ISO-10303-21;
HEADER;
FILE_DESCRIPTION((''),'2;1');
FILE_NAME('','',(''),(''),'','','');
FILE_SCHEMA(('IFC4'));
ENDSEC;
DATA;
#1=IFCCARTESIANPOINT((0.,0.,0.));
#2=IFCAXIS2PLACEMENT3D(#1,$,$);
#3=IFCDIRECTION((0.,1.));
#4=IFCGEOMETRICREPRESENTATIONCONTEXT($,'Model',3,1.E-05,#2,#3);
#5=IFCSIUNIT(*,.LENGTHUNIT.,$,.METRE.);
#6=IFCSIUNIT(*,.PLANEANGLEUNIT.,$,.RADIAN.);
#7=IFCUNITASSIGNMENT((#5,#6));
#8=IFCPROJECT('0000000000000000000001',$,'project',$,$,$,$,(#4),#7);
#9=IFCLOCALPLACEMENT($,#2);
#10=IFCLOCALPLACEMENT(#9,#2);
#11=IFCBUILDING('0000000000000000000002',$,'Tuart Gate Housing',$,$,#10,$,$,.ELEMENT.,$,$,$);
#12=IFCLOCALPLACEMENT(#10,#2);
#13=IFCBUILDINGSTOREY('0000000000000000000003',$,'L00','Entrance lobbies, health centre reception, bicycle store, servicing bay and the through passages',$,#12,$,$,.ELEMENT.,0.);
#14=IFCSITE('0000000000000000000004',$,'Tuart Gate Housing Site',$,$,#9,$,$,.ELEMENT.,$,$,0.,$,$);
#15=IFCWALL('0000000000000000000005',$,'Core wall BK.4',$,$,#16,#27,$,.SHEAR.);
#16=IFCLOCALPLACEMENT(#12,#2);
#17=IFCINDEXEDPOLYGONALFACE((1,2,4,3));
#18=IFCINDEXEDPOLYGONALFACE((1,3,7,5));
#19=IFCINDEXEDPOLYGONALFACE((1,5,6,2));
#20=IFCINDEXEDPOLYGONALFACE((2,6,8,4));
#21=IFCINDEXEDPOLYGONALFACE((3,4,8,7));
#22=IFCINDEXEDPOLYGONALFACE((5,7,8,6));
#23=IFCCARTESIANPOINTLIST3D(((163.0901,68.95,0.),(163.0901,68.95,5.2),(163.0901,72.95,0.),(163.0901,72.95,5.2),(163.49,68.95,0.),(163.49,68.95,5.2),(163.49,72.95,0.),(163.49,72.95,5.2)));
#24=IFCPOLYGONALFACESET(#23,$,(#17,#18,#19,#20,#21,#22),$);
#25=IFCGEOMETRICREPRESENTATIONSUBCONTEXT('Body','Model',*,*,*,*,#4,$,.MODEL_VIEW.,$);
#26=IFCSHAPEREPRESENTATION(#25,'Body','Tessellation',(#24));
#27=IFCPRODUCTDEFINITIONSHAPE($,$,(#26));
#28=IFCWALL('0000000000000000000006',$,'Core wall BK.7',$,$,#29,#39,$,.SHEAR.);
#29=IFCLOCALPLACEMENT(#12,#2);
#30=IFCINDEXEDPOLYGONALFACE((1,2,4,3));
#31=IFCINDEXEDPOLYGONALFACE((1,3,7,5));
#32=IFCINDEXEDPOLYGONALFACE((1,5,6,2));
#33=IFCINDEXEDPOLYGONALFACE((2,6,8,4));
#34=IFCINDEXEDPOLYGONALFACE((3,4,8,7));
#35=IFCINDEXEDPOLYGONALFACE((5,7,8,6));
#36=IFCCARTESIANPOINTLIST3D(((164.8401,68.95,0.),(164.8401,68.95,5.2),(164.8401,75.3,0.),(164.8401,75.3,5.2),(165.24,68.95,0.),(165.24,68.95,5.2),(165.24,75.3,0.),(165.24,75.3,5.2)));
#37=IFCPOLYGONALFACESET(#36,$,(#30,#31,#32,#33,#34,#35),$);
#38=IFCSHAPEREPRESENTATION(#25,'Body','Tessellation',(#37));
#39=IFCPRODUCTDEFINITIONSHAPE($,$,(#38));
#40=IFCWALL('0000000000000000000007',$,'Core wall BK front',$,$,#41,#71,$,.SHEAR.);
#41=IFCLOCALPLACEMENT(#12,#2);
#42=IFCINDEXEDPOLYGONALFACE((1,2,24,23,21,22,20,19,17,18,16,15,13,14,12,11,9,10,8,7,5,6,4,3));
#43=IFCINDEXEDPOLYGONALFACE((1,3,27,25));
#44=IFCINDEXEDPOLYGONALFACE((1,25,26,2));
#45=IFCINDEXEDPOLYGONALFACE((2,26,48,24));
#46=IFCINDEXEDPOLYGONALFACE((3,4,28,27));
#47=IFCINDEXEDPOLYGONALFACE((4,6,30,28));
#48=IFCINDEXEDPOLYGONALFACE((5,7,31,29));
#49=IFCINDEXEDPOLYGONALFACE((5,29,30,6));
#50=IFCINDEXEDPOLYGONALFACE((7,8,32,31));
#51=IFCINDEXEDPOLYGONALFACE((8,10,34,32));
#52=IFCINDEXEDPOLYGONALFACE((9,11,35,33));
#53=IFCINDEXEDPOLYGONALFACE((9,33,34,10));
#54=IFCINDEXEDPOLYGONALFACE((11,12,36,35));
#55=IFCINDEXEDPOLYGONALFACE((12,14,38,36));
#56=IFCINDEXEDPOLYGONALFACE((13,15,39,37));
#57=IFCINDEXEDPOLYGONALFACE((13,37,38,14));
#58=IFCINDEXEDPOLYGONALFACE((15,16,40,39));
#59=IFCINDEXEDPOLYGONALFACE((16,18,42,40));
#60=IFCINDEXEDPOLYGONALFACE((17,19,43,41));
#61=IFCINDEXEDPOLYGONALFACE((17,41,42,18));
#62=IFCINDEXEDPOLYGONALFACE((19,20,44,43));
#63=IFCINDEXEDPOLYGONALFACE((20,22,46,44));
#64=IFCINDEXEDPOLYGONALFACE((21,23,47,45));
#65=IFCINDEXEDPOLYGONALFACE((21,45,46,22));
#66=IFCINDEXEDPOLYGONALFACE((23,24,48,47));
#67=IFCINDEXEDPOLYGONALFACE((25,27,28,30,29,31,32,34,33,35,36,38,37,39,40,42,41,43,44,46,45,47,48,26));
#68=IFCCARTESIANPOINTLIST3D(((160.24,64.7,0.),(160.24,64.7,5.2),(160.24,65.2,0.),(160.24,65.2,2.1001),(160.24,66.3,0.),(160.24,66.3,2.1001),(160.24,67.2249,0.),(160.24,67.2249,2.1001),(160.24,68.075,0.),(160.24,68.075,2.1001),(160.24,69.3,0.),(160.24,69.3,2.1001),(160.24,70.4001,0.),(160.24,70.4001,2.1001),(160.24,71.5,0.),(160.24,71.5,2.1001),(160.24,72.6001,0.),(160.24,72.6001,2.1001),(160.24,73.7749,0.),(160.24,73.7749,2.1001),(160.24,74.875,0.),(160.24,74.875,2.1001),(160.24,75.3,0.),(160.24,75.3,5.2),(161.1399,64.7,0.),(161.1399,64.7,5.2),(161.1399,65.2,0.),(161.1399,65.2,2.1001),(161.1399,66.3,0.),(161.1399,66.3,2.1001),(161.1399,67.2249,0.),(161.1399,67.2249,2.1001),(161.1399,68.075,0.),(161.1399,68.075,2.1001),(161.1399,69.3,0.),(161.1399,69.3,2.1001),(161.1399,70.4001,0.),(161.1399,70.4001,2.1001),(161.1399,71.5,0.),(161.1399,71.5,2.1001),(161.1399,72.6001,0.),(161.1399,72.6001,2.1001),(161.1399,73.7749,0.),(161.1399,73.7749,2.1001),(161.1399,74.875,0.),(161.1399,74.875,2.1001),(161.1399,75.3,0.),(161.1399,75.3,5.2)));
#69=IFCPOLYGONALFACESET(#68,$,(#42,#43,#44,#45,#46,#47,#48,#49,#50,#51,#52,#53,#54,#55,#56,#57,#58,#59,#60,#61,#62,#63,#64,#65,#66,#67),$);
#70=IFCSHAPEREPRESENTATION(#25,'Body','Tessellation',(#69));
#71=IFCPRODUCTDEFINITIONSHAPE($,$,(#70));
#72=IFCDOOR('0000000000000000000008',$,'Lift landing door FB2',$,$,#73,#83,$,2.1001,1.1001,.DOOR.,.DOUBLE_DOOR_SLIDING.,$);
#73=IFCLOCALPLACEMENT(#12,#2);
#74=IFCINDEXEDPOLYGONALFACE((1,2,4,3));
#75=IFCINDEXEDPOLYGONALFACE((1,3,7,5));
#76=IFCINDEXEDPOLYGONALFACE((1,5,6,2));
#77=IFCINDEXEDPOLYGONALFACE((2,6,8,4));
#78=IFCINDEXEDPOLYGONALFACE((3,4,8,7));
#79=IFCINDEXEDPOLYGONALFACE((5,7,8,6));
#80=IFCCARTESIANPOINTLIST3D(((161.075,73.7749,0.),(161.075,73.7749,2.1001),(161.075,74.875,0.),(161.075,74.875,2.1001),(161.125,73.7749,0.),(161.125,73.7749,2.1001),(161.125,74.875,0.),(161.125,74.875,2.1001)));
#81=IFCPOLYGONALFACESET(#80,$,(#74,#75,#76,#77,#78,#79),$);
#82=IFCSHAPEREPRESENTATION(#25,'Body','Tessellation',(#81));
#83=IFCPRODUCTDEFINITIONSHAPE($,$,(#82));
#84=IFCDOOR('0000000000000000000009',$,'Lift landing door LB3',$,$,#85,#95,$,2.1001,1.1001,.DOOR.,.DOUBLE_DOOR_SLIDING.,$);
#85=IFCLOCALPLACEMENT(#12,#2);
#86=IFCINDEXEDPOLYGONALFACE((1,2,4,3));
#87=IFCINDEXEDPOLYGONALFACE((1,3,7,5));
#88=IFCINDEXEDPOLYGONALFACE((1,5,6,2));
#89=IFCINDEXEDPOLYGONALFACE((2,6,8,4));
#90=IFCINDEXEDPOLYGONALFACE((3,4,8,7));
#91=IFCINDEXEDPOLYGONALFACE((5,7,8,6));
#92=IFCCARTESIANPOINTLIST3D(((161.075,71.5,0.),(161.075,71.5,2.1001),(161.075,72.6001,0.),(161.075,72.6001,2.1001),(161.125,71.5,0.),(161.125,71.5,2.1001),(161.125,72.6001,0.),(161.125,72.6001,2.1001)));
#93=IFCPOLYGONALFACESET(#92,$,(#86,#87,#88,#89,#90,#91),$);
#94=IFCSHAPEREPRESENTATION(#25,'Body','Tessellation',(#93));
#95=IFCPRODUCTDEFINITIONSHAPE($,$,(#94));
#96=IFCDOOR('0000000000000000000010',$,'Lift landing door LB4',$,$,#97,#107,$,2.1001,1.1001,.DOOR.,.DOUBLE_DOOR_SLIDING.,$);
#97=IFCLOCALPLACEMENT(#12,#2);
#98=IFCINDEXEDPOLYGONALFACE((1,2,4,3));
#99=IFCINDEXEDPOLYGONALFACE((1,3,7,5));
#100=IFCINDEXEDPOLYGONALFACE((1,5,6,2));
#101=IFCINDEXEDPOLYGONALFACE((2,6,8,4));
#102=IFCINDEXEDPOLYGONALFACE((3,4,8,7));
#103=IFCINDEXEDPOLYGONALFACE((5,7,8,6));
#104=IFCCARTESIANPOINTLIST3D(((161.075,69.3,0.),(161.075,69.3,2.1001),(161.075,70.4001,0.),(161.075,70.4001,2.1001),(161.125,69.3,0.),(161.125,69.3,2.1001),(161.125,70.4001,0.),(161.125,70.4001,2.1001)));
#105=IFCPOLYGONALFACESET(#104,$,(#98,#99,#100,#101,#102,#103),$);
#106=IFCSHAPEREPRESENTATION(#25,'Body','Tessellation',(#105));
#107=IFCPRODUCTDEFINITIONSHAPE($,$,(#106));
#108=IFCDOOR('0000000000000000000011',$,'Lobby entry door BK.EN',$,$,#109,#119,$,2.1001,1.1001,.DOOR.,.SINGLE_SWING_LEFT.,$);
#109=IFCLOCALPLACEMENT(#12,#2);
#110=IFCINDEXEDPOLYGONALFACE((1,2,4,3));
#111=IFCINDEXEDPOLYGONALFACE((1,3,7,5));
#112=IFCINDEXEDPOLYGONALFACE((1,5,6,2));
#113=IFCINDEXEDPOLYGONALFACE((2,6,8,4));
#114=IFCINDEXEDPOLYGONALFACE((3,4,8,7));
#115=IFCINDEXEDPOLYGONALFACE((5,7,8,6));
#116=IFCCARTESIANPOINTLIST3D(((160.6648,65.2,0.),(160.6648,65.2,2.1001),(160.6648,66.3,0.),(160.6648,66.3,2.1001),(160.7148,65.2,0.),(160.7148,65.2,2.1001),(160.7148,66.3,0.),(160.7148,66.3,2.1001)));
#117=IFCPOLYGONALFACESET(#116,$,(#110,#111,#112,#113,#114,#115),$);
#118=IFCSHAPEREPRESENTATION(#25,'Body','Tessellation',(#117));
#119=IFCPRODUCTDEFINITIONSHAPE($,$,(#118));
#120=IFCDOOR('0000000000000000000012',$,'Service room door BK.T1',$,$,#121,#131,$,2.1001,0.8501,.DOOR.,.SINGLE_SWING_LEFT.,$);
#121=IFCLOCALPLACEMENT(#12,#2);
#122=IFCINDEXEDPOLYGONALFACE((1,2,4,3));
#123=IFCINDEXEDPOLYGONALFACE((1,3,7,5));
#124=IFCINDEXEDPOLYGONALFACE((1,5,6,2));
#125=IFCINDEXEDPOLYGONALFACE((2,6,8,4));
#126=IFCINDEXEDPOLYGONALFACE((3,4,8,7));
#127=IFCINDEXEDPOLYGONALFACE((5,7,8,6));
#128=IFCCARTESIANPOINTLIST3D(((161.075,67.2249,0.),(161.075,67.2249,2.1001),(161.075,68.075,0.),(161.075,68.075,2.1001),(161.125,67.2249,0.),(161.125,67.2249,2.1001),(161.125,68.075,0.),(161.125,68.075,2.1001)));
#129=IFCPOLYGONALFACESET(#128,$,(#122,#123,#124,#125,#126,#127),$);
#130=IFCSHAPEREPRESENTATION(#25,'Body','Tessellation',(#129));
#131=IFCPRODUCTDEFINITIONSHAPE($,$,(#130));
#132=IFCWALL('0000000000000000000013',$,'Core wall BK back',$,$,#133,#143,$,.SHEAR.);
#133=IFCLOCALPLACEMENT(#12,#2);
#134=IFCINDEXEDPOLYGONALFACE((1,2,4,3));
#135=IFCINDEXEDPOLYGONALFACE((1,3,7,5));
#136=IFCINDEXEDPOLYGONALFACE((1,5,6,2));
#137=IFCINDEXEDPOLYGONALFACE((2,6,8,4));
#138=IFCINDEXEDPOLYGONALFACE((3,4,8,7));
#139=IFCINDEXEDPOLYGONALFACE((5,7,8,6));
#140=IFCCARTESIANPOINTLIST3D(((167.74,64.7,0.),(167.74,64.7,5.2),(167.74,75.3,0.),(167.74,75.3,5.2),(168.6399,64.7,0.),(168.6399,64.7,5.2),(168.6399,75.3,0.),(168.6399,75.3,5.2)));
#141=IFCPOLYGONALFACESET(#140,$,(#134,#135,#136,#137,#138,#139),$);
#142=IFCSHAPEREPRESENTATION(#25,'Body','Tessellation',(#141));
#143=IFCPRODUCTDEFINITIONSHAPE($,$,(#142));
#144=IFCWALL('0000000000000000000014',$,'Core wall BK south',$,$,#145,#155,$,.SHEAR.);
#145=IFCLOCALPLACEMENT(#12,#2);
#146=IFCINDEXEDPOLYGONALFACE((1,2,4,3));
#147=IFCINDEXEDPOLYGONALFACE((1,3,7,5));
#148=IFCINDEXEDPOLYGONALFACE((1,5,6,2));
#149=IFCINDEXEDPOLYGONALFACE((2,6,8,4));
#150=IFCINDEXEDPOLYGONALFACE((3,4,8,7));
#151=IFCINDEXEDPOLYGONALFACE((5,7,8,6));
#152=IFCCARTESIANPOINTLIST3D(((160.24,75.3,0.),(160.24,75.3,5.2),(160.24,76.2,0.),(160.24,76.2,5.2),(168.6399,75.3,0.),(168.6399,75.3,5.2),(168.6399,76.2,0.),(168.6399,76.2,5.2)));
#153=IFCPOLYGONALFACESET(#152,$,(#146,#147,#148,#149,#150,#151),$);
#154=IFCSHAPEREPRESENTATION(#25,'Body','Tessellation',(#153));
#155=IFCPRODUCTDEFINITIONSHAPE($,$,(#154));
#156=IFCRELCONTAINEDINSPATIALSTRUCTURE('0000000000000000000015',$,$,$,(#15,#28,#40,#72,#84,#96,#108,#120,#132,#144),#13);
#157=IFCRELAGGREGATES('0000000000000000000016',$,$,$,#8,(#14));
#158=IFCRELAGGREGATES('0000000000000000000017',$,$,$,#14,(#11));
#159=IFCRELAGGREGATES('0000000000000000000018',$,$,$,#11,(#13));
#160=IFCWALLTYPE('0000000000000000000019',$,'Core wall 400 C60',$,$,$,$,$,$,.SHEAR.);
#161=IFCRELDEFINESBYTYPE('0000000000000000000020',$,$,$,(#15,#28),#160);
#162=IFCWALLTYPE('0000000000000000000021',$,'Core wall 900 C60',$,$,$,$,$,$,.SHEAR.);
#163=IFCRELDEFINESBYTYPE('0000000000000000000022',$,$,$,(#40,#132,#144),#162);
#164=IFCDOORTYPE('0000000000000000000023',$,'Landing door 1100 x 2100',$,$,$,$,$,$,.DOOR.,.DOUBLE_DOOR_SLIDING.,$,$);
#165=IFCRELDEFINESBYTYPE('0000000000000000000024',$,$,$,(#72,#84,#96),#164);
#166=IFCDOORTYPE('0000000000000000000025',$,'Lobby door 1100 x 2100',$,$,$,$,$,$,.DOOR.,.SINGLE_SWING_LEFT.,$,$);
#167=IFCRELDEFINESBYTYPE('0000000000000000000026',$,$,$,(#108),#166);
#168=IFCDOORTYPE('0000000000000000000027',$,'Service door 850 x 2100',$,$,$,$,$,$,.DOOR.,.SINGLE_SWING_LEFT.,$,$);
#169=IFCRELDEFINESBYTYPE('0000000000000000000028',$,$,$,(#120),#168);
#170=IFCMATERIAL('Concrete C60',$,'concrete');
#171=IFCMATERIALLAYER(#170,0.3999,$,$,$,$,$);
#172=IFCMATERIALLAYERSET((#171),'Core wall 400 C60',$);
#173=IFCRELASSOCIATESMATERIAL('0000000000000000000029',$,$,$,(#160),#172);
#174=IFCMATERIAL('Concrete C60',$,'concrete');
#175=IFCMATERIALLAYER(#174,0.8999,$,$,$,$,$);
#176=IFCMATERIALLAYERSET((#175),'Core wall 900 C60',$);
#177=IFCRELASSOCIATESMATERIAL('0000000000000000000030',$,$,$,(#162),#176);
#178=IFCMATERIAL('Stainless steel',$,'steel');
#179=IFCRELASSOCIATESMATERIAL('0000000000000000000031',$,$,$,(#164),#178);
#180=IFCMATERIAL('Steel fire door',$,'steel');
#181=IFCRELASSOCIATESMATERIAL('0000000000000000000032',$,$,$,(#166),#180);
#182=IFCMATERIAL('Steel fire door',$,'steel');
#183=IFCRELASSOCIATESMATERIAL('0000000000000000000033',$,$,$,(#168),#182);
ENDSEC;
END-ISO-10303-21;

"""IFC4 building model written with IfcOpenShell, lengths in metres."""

from ifc_helpers import new_model, si_unit, direction, frame, frame_2d, origin, place, context, subcontext, project, spatial, rectangle, extrude, material, layer, layer_set, type_object, element, fill, save


model = new_model("IFC4")

# Units and contexts
model_context = context("Model", 3, precision=1e-05, world=origin(), true_north=direction((0.0, 1.0)))
body_context = subcontext(model_context, "Body", "Model", "MODEL_VIEW")
ifc_project = project(units=[si_unit("LENGTHUNIT", "METRE"), si_unit("PLANEANGLEUNIT", "RADIAN")], contexts=[model_context])

# Site, building, storey
site_placement = place(None, origin())
site = spatial("IfcSite", under=ifc_project, at=site_placement, Name="Tuart Gate Housing Site", CompositionType="ELEMENT", RefElevation=0.0)
building_placement = place(site_placement, origin())
building = spatial("IfcBuilding", under=site, at=building_placement, Name="Tuart Gate Housing", CompositionType="ELEMENT")
storey_placement = place(building_placement, origin())
storey = spatial("IfcBuildingStorey", under=building, at=storey_placement, Name="L00", Description="Entrance lobbies, health centre reception, bicycle store, servicing bay and the through passages", CompositionType="ELEMENT", Elevation=0.0)

# Walls
ifc_material_1 = material(Name="Concrete C60", Category="concrete")
ifc_layer_1 = layer(ifc_material_1, 0.3999)
ifc_layer_set_1 = layer_set([ifc_layer_1], Name="Core wall 400 C60")
wall_type_1 = type_object("IfcWallType", Name="Core wall 400 C60", PredefinedType="SHEAR", material=ifc_layer_set_1)
wall_1_placement = place(storey_placement, frame((163.29, 72.95, 0.0), z_axis=(0.0, 0.0, 1.0), x_axis=(0.0, -1.0, 0.0)))
element("IfcWall", 1, at=wall_1_placement, inside=storey, type_object=wall_type_1, Name="Core wall BK.4", PredefinedType="SHEAR", context=body_context, shape_type="SweptSolid", body=[
    extrude(rectangle(XDim=4.0, YDim=0.3999, at=frame_2d((2.0, 0.0))), origin(), (0.0, 0.0, 1.0), 5.2),
])
wall_2_placement = place(storey_placement, frame((165.04, 75.3, 0.0), z_axis=(0.0, 0.0, 1.0), x_axis=(0.0, -1.0, 0.0)))
element("IfcWall", 2, at=wall_2_placement, inside=storey, type_object=wall_type_1, Name="Core wall BK.7", PredefinedType="SHEAR", context=body_context, shape_type="SweptSolid", body=[
    extrude(rectangle(XDim=6.3501, YDim=0.3999, at=frame_2d((3.175, 0.0))), origin(), (0.0, 0.0, 1.0), 5.2),
])

# Wall, openings, doors
ifc_material_2 = material(Name="Concrete C60", Category="concrete")
ifc_layer_2 = layer(ifc_material_2, 0.8999)
ifc_layer_set_2 = layer_set([ifc_layer_2], Name="Core wall 900 C60")
wall_type_2 = type_object("IfcWallType", Name="Core wall 900 C60", PredefinedType="SHEAR", material=ifc_layer_set_2)
wall_3_placement = place(storey_placement, frame((160.6899, 75.3, 0.0), z_axis=(0.0, 0.0, 1.0), x_axis=(0.0, -1.0, 0.0)))
wall_3 = element("IfcWall", 3, at=wall_3_placement, inside=storey, type_object=wall_type_2, Name="Core wall BK front", PredefinedType="SHEAR", context=body_context, shape_type="SweptSolid", body=[
    extrude(rectangle(XDim=10.6001, YDim=0.8999, at=frame_2d((5.3, 0.0))), origin(), (0.0, 0.0, 1.0), 5.2),
])
opening_1_placement = place(wall_3_placement, frame((0.425, 0.0, 0.0)))
opening_1 = element("IfcOpeningElement", 4, at=opening_1_placement, cuts=wall_3, PredefinedType="OPENING", context=body_context, shape_type="SweptSolid", body=[
    extrude(rectangle(XDim=1.1001, YDim=2.1001, at=frame_2d((0.55, 1.05))), frame((0.0, 0.46, 0.0), z_axis=(0.0, -1.0, 0.0), x_axis=(1.0, 0.0, 0.0)), (0.0, 0.0, 1.0), 0.9199),
])
opening_2_placement = place(wall_3_placement, frame((2.7, 0.0, 0.0)))
opening_2 = element("IfcOpeningElement", 5, at=opening_2_placement, cuts=wall_3, PredefinedType="OPENING", context=body_context, shape_type="SweptSolid", body=[
    extrude(rectangle(XDim=1.1001, YDim=2.1001, at=frame_2d((0.55, 1.05))), frame((0.0, 0.46, 0.0), z_axis=(0.0, -1.0, 0.0), x_axis=(1.0, 0.0, 0.0)), (0.0, 0.0, 1.0), 0.9199),
])
opening_3_placement = place(wall_3_placement, frame((4.8999, 0.0, 0.0)))
opening_3 = element("IfcOpeningElement", 6, at=opening_3_placement, cuts=wall_3, PredefinedType="OPENING", context=body_context, shape_type="SweptSolid", body=[
    extrude(rectangle(XDim=1.1001, YDim=2.1001, at=frame_2d((0.55, 1.05))), frame((0.0, 0.46, 0.0), z_axis=(0.0, -1.0, 0.0), x_axis=(1.0, 0.0, 0.0)), (0.0, 0.0, 1.0), 0.9199),
])
opening_4_placement = place(wall_3_placement, frame((9.0, 0.0, 0.0)))
opening_4 = element("IfcOpeningElement", 7, at=opening_4_placement, cuts=wall_3, PredefinedType="OPENING", context=body_context, shape_type="SweptSolid", body=[
    extrude(rectangle(XDim=1.1001, YDim=2.1001, at=frame_2d((0.55, 1.05))), frame((0.0, 0.46, 0.0), z_axis=(0.0, -1.0, 0.0), x_axis=(1.0, 0.0, 0.0)), (0.0, 0.0, 1.0), 0.9199),
])
opening_5_placement = place(wall_3_placement, frame((7.2251, 0.0, 0.0)))
opening_5 = element("IfcOpeningElement", 8, at=opening_5_placement, cuts=wall_3, PredefinedType="OPENING", context=body_context, shape_type="SweptSolid", body=[
    extrude(rectangle(XDim=0.8501, YDim=2.1001, at=frame_2d((0.425, 1.05))), frame((0.0, 0.46, 0.0), z_axis=(0.0, -1.0, 0.0), x_axis=(1.0, 0.0, 0.0)), (0.0, 0.0, 1.0), 0.9199),
])
ifc_material_3 = material(Name="Stainless steel", Category="steel")
door_type_1 = type_object("IfcDoorType", Name="Landing door 1100 x 2100", OperationType="DOUBLE_DOOR_SLIDING", PredefinedType="DOOR", material=ifc_material_3)
door_1_placement = place(opening_1_placement, origin())
door_1 = element("IfcDoor", 9, at=door_1_placement, inside=storey, type_object=door_type_1, Name="Lift landing door FB2", OperationType="DOUBLE_DOOR_SLIDING", OverallHeight=2.1001, OverallWidth=1.1001, PredefinedType="DOOR", context=body_context, shape_type="SweptSolid", body=[
    extrude(rectangle(XDim=1.1001, YDim=2.1001, at=frame_2d((0.55, 1.05))), frame((0.0, 0.4351, 0.0), z_axis=(0.0, -1.0, 0.0), x_axis=(1.0, 0.0, 0.0)), (0.0, 0.0, 1.0), 0.05),
])
fill(opening_1, door_1)
door_2_placement = place(opening_2_placement, origin())
door_2 = element("IfcDoor", 10, at=door_2_placement, inside=storey, type_object=door_type_1, Name="Lift landing door LB3", OperationType="DOUBLE_DOOR_SLIDING", OverallHeight=2.1001, OverallWidth=1.1001, PredefinedType="DOOR", context=body_context, shape_type="SweptSolid", body=[
    extrude(rectangle(XDim=1.1001, YDim=2.1001, at=frame_2d((0.55, 1.05))), frame((0.0, 0.4351, 0.0), z_axis=(0.0, -1.0, 0.0), x_axis=(1.0, 0.0, 0.0)), (0.0, 0.0, 1.0), 0.05),
])
fill(opening_2, door_2)
door_3_placement = place(opening_3_placement, origin())
door_3 = element("IfcDoor", 11, at=door_3_placement, inside=storey, type_object=door_type_1, Name="Lift landing door LB4", OperationType="DOUBLE_DOOR_SLIDING", OverallHeight=2.1001, OverallWidth=1.1001, PredefinedType="DOOR", context=body_context, shape_type="SweptSolid", body=[
    extrude(rectangle(XDim=1.1001, YDim=2.1001, at=frame_2d((0.55, 1.05))), frame((0.0, 0.4351, 0.0), z_axis=(0.0, -1.0, 0.0), x_axis=(1.0, 0.0, 0.0)), (0.0, 0.0, 1.0), 0.05),
])
fill(opening_3, door_3)
ifc_material_4 = material(Name="Steel fire door", Category="steel")
door_type_2 = type_object("IfcDoorType", Name="Lobby door 1100 x 2100", OperationType="SINGLE_SWING_LEFT", PredefinedType="DOOR", material=ifc_material_4)
door_4_placement = place(opening_4_placement, origin())
door_4 = element("IfcDoor", 12, at=door_4_placement, inside=storey, type_object=door_type_2, Name="Lobby entry door BK.EN", OperationType="SINGLE_SWING_LEFT", OverallHeight=2.1001, OverallWidth=1.1001, PredefinedType="DOOR", context=body_context, shape_type="SweptSolid", body=[
    extrude(rectangle(XDim=1.1001, YDim=2.1001, at=frame_2d((0.55, 1.05))), frame((0.0, 0.0249, 0.0), z_axis=(0.0, -1.0, 0.0), x_axis=(1.0, 0.0, 0.0)), (0.0, 0.0, 1.0), 0.05),
])
fill(opening_4, door_4)
ifc_material_5 = material(Name="Steel fire door", Category="steel")
door_type_3 = type_object("IfcDoorType", Name="Service door 850 x 2100", OperationType="SINGLE_SWING_LEFT", PredefinedType="DOOR", material=ifc_material_5)
door_5_placement = place(opening_5_placement, origin())
door_5 = element("IfcDoor", 13, at=door_5_placement, inside=storey, type_object=door_type_3, Name="Service room door BK.T1", OperationType="SINGLE_SWING_LEFT", OverallHeight=2.1001, OverallWidth=0.8501, PredefinedType="DOOR", context=body_context, shape_type="SweptSolid", body=[
    extrude(rectangle(XDim=0.8501, YDim=2.1001, at=frame_2d((0.425, 1.05))), frame((0.0, 0.4351, 0.0), z_axis=(0.0, -1.0, 0.0), x_axis=(1.0, 0.0, 0.0)), (0.0, 0.0, 1.0), 0.05),
])
fill(opening_5, door_5)

# Walls
wall_4_placement = place(storey_placement, frame((168.1899, 75.3, 0.0), z_axis=(0.0, 0.0, 1.0), x_axis=(0.0, -1.0, 0.0)))
element("IfcWall", 14, at=wall_4_placement, inside=storey, type_object=wall_type_2, Name="Core wall BK back", PredefinedType="SHEAR", context=body_context, shape_type="SweptSolid", body=[
    extrude(rectangle(XDim=10.6001, YDim=0.8999, at=frame_2d((5.3, 0.0))), origin(), (0.0, 0.0, 1.0), 5.2),
])
wall_5_placement = place(storey_placement, frame((160.24, 75.75, 0.0), z_axis=(0.0, 0.0, 1.0), x_axis=(1.0, 0.0, 0.0)))
element("IfcWall", 15, at=wall_5_placement, inside=storey, type_object=wall_type_2, Name="Core wall BK south", PredefinedType="SHEAR", context=body_context, shape_type="SweptSolid", body=[
    extrude(rectangle(XDim=8.3999, YDim=0.8999, at=frame_2d((4.2, 0.0))), origin(), (0.0, 0.0, 1.0), 5.2),
])

save(model, "model.ifc")
